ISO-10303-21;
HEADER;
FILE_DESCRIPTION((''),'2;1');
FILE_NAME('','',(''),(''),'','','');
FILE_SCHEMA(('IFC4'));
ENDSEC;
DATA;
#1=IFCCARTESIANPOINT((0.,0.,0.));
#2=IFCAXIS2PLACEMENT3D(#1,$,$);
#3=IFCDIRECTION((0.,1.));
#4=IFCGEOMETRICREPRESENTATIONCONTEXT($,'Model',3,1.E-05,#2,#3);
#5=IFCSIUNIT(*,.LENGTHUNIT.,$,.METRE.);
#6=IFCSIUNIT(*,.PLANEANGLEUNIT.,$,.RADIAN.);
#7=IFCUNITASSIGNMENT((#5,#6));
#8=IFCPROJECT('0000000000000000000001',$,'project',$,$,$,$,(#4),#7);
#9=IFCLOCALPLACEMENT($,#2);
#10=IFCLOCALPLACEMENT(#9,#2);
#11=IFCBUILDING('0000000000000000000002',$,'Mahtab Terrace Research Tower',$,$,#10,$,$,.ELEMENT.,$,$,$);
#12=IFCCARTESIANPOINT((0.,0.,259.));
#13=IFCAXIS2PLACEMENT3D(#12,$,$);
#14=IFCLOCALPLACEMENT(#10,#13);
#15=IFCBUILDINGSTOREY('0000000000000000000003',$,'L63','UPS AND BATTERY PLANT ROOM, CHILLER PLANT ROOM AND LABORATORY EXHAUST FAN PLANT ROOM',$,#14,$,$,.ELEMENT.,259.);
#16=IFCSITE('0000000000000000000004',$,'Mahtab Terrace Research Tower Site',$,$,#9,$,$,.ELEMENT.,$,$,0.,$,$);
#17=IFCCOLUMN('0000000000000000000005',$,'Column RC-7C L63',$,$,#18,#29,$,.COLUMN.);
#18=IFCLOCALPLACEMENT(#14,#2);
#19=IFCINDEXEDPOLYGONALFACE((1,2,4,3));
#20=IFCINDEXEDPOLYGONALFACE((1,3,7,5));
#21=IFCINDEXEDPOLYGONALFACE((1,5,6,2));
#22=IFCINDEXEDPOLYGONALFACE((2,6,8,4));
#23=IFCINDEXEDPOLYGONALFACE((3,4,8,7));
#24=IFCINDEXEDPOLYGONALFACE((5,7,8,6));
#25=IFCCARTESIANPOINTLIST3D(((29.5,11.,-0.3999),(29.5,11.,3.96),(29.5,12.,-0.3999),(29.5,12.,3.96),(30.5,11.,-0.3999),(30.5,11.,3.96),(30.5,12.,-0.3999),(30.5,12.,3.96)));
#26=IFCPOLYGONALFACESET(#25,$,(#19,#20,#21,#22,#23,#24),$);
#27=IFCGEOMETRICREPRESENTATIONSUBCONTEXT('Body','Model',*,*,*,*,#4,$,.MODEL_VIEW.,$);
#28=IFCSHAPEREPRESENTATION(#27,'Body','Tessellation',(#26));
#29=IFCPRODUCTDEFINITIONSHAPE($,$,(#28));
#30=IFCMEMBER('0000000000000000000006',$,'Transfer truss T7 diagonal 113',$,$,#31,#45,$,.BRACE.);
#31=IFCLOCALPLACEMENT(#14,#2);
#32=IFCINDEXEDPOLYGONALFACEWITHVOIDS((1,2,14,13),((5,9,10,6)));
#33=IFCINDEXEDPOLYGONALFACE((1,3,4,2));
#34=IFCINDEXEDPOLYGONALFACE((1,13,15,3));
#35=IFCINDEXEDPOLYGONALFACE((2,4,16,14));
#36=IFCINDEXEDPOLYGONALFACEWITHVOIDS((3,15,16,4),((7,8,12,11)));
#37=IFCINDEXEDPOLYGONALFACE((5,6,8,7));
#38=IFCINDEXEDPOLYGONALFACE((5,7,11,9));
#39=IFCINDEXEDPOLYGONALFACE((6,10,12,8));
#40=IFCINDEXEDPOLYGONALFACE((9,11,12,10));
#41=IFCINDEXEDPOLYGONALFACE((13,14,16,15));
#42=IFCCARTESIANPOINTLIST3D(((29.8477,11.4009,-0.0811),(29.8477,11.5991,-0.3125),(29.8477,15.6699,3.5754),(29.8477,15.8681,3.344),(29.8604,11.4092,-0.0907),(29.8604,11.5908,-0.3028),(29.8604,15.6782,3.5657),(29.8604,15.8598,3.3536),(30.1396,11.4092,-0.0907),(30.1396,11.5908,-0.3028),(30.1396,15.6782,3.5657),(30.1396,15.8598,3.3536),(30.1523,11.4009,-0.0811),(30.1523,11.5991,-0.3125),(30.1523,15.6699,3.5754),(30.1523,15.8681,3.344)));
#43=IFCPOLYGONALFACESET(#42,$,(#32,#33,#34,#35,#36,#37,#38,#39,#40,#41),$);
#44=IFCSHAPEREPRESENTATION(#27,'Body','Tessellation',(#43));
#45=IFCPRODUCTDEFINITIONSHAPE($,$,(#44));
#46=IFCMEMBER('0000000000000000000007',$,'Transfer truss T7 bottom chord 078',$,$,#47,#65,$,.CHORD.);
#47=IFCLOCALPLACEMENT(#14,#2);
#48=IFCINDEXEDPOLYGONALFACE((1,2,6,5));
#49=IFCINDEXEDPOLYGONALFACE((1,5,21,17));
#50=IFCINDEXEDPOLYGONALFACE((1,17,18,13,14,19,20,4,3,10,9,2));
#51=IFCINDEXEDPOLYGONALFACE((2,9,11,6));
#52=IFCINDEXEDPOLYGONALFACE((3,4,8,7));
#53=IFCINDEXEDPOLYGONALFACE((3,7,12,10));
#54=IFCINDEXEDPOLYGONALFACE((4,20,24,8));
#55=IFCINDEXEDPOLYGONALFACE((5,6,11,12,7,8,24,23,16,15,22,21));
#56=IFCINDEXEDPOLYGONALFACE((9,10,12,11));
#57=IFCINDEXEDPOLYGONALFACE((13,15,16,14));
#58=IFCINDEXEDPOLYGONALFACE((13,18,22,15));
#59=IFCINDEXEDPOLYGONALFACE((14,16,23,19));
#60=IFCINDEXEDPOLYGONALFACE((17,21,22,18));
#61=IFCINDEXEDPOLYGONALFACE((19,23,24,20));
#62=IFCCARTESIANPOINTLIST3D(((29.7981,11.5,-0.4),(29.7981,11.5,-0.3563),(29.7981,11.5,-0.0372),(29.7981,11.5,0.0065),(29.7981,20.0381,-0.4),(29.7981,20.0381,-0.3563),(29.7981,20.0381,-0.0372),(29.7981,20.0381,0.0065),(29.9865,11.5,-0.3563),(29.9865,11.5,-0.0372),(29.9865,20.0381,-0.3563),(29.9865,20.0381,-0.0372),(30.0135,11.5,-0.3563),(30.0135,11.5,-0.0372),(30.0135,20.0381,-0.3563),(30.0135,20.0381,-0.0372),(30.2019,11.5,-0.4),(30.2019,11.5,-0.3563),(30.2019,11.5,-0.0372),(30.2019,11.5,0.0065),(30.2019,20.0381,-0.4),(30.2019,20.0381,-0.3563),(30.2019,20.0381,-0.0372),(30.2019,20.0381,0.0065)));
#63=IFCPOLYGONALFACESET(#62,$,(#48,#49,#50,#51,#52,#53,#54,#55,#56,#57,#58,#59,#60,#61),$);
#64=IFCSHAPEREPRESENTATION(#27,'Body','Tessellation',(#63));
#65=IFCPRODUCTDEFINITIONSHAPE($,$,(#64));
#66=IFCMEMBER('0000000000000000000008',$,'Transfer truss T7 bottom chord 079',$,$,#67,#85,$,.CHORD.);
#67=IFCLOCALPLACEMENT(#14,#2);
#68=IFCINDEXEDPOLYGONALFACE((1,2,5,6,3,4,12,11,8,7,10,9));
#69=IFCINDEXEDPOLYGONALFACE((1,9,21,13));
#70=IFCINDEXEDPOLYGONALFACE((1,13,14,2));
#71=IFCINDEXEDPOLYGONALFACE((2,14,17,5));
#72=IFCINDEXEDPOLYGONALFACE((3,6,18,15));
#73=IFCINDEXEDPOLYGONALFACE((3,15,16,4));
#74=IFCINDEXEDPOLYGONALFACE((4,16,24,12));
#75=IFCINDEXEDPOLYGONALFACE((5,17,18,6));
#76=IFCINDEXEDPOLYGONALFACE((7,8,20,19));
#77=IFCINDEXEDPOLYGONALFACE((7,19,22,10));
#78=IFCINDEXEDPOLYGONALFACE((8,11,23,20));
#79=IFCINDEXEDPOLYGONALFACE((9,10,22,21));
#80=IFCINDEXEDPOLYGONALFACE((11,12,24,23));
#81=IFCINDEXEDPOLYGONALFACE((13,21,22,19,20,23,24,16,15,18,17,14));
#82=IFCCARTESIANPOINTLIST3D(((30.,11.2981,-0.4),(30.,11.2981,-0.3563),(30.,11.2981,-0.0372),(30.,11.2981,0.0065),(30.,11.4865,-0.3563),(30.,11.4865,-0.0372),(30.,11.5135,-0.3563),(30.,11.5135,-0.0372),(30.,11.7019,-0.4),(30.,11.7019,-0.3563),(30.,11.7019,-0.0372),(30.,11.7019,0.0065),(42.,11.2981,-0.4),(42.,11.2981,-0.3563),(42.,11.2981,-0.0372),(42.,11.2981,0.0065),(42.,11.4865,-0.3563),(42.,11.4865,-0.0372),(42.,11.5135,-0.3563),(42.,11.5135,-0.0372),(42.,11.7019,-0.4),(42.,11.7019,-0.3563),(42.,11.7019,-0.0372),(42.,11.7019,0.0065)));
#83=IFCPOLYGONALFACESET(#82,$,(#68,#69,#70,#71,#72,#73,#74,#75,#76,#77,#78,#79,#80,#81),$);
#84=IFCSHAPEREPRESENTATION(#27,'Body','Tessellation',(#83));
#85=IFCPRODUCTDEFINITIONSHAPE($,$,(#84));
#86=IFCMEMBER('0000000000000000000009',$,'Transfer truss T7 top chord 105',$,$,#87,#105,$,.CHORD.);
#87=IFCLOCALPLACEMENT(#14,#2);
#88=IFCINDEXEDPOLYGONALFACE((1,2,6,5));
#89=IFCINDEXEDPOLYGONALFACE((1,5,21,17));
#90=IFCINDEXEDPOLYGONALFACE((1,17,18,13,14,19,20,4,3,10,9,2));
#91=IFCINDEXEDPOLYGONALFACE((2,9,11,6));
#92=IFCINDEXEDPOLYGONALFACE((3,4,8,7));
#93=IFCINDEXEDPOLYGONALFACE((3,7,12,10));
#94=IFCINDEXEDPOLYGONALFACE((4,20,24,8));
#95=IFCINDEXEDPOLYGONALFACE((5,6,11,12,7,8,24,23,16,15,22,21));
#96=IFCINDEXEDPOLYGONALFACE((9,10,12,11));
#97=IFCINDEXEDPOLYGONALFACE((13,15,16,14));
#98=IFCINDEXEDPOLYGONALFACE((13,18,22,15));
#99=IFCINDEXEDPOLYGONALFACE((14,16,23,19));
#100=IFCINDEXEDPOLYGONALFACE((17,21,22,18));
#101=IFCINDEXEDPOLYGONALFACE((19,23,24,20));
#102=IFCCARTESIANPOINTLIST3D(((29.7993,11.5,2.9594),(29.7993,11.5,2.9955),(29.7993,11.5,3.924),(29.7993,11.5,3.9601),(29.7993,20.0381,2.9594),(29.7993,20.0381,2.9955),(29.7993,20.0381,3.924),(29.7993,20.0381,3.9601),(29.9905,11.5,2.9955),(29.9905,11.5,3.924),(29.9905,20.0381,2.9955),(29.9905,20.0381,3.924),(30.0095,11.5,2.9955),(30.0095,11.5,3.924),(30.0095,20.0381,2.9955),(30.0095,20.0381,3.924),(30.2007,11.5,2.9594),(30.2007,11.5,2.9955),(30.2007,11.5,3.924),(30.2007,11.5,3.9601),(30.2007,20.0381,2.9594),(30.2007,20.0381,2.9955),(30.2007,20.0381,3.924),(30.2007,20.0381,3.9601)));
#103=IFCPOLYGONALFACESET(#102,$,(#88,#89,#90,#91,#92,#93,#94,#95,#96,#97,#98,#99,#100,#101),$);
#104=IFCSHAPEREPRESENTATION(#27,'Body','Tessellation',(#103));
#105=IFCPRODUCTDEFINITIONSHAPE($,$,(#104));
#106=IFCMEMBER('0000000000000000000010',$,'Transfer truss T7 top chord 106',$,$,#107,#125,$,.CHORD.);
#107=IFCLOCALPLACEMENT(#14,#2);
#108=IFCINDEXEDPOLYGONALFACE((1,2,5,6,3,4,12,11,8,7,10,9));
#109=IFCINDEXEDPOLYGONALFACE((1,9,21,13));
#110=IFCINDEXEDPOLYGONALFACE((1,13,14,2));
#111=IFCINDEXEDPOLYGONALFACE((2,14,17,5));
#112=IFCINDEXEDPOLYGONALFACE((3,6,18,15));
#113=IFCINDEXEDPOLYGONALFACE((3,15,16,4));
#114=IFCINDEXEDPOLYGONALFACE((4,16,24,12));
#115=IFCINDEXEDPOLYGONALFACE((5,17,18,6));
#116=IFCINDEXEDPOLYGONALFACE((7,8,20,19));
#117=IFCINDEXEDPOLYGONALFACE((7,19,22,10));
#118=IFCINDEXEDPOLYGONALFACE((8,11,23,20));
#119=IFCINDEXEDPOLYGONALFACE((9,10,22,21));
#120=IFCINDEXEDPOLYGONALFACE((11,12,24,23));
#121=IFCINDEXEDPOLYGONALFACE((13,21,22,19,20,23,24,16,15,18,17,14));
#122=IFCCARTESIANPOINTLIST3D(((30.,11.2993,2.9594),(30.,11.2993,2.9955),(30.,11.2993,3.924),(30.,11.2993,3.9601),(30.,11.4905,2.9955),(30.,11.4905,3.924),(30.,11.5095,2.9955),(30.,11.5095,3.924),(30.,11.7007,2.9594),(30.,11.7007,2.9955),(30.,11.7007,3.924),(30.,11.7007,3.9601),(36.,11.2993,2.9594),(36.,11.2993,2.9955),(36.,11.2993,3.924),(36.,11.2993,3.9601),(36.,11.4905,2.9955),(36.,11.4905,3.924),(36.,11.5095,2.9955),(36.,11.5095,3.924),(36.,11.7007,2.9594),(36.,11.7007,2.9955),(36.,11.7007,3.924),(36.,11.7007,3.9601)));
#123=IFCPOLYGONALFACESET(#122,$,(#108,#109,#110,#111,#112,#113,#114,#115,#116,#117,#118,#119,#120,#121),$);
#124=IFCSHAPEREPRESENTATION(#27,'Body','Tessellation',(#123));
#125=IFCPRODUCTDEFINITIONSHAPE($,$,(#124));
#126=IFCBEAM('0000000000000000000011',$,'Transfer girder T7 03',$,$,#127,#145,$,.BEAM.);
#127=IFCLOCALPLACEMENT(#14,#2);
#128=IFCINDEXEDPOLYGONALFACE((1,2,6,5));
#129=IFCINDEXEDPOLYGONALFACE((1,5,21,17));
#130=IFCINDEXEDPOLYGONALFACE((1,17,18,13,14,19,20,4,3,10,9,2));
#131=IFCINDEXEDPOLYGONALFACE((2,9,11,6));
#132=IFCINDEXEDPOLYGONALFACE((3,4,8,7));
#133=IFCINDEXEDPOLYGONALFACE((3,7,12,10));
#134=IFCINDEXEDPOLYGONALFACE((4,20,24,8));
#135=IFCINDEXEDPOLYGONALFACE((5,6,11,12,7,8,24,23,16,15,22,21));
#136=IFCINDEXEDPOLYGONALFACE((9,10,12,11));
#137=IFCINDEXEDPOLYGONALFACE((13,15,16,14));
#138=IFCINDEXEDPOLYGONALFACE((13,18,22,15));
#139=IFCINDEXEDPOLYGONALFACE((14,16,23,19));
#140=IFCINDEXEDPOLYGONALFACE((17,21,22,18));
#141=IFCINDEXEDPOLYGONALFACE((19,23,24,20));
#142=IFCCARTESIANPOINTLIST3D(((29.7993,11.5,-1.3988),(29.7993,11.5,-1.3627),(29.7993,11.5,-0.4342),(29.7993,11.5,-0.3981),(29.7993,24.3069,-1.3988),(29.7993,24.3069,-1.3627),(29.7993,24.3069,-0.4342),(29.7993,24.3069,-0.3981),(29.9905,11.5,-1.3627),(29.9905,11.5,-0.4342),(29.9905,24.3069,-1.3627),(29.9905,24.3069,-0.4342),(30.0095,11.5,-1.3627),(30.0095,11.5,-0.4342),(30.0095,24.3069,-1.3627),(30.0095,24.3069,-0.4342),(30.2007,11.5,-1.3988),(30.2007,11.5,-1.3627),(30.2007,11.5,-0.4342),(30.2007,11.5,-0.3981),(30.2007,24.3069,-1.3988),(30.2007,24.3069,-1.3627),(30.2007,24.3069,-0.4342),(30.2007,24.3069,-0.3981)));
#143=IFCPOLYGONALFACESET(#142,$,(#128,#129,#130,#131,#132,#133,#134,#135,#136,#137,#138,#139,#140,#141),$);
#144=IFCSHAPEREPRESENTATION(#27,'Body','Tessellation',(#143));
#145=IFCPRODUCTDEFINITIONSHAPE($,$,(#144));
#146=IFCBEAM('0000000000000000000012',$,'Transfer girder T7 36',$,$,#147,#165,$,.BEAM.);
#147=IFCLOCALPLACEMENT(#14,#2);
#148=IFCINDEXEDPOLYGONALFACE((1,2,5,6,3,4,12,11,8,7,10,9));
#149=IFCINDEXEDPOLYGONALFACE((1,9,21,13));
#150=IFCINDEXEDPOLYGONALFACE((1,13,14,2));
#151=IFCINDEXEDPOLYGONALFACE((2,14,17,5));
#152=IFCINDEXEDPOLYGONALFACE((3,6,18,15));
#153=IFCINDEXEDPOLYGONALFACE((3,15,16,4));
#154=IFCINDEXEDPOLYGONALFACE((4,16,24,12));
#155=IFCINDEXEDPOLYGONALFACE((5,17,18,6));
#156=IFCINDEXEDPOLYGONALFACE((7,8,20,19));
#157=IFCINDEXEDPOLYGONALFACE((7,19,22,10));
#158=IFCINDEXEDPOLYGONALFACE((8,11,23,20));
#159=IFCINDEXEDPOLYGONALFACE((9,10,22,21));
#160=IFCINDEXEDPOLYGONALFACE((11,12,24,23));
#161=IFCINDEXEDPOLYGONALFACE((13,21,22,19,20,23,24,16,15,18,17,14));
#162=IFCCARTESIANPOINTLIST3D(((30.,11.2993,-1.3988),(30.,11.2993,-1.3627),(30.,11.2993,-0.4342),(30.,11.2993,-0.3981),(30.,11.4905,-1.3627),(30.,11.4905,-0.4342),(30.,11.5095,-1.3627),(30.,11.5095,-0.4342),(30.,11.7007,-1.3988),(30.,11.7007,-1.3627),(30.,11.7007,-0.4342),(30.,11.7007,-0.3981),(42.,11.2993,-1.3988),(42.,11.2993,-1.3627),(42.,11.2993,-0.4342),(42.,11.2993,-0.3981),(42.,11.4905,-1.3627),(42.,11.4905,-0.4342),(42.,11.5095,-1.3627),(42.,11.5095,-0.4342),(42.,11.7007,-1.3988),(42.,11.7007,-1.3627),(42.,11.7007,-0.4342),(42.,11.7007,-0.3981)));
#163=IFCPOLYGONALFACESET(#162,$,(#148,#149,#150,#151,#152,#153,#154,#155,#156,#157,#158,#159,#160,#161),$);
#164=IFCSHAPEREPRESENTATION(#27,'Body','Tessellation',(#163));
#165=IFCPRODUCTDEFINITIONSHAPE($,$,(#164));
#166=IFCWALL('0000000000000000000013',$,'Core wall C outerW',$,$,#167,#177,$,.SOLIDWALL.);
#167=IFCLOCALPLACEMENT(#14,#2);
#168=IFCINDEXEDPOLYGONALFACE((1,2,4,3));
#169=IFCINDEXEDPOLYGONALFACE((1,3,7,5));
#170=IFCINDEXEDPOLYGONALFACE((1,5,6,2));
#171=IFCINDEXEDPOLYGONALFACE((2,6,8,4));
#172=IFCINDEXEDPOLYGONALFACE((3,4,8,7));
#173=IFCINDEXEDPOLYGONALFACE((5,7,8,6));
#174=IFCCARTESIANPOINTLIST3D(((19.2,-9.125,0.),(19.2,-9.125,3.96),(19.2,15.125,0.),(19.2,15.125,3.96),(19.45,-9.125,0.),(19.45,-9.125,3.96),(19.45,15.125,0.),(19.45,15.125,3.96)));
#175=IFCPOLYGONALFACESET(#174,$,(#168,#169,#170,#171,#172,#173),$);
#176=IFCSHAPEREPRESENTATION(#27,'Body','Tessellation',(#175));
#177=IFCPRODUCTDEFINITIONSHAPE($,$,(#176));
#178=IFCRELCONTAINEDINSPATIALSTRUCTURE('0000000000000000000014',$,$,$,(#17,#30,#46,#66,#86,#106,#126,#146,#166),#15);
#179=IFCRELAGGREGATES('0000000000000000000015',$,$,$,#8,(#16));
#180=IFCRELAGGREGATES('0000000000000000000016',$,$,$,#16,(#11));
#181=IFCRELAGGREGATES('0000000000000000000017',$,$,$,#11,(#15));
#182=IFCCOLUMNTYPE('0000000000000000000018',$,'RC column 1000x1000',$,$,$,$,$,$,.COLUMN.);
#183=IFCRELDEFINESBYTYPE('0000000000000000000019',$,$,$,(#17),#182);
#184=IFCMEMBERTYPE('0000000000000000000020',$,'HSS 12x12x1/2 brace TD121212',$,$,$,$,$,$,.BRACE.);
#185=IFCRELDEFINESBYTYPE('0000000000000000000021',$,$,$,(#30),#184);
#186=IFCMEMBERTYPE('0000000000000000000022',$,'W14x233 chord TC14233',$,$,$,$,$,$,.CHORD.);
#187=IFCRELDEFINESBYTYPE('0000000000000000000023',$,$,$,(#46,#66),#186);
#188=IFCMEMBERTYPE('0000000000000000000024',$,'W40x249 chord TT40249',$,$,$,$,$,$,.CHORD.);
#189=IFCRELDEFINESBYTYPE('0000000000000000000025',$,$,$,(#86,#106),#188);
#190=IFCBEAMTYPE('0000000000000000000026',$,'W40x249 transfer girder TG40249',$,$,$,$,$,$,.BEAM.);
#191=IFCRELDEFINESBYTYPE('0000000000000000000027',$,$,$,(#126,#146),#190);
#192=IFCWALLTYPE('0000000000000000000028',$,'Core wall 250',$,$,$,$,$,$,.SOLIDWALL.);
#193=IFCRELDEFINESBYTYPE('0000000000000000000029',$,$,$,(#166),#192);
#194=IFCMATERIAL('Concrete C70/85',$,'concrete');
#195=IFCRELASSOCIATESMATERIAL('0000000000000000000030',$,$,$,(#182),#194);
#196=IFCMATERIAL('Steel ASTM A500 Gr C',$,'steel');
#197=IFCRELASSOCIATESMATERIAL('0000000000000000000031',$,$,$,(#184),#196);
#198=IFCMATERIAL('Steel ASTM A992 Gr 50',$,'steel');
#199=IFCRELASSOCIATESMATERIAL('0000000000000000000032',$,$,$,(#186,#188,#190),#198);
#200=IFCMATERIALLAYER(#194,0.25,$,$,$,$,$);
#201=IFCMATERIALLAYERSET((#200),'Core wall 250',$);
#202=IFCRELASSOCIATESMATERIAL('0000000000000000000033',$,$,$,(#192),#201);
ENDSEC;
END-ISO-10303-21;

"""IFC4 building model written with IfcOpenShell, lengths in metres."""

from ifc_helpers import new_model, si_unit, direction, frame, frame_2d, origin, origin_2d, place, context, subcontext, project, spatial, rectangle, hollow_rectangle, i_section, extrude, material, layer, layer_set, material_profile, profile_set, type_object, element, save


model = new_model("IFC4")

# Units and contexts
model_context = context("Model", 3, precision=1e-05, world=origin(), true_north=direction((0.0, 1.0)))
body_context = subcontext(model_context, "Body", "Model", "MODEL_VIEW")
ifc_project = project(units=[si_unit("LENGTHUNIT", "METRE"), si_unit("PLANEANGLEUNIT", "RADIAN")], contexts=[model_context])

# Site, building, storey
site_placement = place(None, origin())
site = spatial("IfcSite", under=ifc_project, at=site_placement, Name="Mahtab Terrace Research Tower Site", CompositionType="ELEMENT", RefElevation=0.0)
building_placement = place(site_placement, origin())
building = spatial("IfcBuilding", under=site, at=building_placement, Name="Mahtab Terrace Research Tower", CompositionType="ELEMENT")
storey_placement = place(building_placement, frame((0.0, 0.0, 259.0)))
storey = spatial("IfcBuildingStorey", under=building, at=storey_placement, Name="L63", Description="UPS AND BATTERY PLANT ROOM, CHILLER PLANT ROOM AND LABORATORY EXHAUST FAN PLANT ROOM", CompositionType="ELEMENT", Elevation=259.0)

# Column
ifc_material_1 = material(Name="Concrete C70/85", Category="concrete")
ifc_material_profile_1 = material_profile(ifc_material_1, rectangle(XDim=1.0, YDim=1.0, at=origin_2d()), Name="RC column 1000x1000")
ifc_profile_set_1 = profile_set([ifc_material_profile_1], Name="Concrete C70/85")
column_type = type_object("IfcColumnType", Name="RC column 1000x1000", PredefinedType="COLUMN", material=ifc_profile_set_1)
column_placement = place(storey_placement, frame((30.0, 11.5, -0.3999), z_axis=(0.0, 0.0, 1.0), x_axis=(1.0, 0.0, 0.0)))
element("IfcColumn", 1, at=column_placement, inside=storey, type_object=column_type, Name="Column RC-7C L63", PredefinedType="COLUMN", context=body_context, shape_type="SweptSolid", body=[
    extrude(rectangle(XDim=1.0, YDim=1.0, at=origin_2d()), origin(), (0.0, 0.0, 1.0), 4.3599),
])

# Members
ifc_material_2 = material(Name="Steel ASTM A500 Gr C", Category="steel")
ifc_material_profile_2 = material_profile(ifc_material_2, hollow_rectangle(XDim=0.3047, YDim=0.3047, WallThickness=0.0127, at=origin_2d()), Name="HSS12X12X1/2")
ifc_profile_set_2 = profile_set([ifc_material_profile_2], Name="Steel ASTM A500 Gr C")
member_type_1 = type_object("IfcMemberType", Name="HSS 12x12x1/2 brace TD121212", PredefinedType="BRACE", material=ifc_profile_set_2)
member_1_placement = place(storey_placement, frame((30.0, 11.5, -0.1968), z_axis=(0.0, 0.759493, 0.650516), x_axis=(-1.0, 0.0, 0.0)))
element("IfcMember", 2, at=member_1_placement, inside=storey, type_object=member_type_1, Name="Transfer truss T7 diagonal 113", PredefinedType="BRACE", context=body_context, shape_type="SweptSolid", body=[
    extrude(hollow_rectangle(XDim=0.3047, YDim=0.3047, WallThickness=0.0127, at=origin_2d()), origin(), (0.0, 0.0, 1.0), 5.6208),
])
ifc_material_3 = material(Name="Steel ASTM A992 Gr 50", Category="steel")
ifc_material_profile_3 = material_profile(ifc_material_3, i_section(OverallWidth=0.4038, OverallDepth=0.4065, WebThickness=0.0271, FlangeThickness=0.0437, at=origin_2d()), Name="W14X233")
ifc_profile_set_3 = profile_set([ifc_material_profile_3], Name="Steel ASTM A992 Gr 50")
member_type_2 = type_object("IfcMemberType", Name="W14x233 chord TC14233", PredefinedType="CHORD", material=ifc_profile_set_3)
member_2_placement = place(storey_placement, frame((30.0, 11.5, -0.1968), z_axis=(0.0, 1.0, 0.0), x_axis=(-1.0, 0.0, 0.0)))
element("IfcMember", 3, at=member_2_placement, inside=storey, type_object=member_type_2, Name="Transfer truss T7 bottom chord 078", PredefinedType="CHORD", context=body_context, shape_type="SweptSolid", body=[
    extrude(i_section(OverallWidth=0.4038, OverallDepth=0.4065, WebThickness=0.0271, FlangeThickness=0.0437, at=origin_2d()), origin(), (0.0, 0.0, 1.0), 8.5381),
])
member_3_placement = place(storey_placement, frame((30.0, 11.5, -0.1968), z_axis=(1.0, 0.0, 0.0), x_axis=(0.0, 1.0, 0.0)))
element("IfcMember", 4, at=member_3_placement, inside=storey, type_object=member_type_2, Name="Transfer truss T7 bottom chord 079", PredefinedType="CHORD", context=body_context, shape_type="SweptSolid", body=[
    extrude(i_section(OverallWidth=0.4038, OverallDepth=0.4065, WebThickness=0.0271, FlangeThickness=0.0437, at=origin_2d()), origin(), (0.0, 0.0, 1.0), 12.0),
])
ifc_material_profile_4 = material_profile(ifc_material_3, i_section(OverallWidth=0.4014, OverallDepth=1.0007, WebThickness=0.019, FlangeThickness=0.0361, at=origin_2d()), Name="W40X249")
ifc_profile_set_4 = profile_set([ifc_material_profile_4], Name="Steel ASTM A992 Gr 50")
member_type_3 = type_object("IfcMemberType", Name="W40x249 chord TT40249", PredefinedType="CHORD", material=ifc_profile_set_4)
member_4_placement = place(storey_placement, frame((30.0, 11.5, 3.4597), z_axis=(0.0, 1.0, 0.0), x_axis=(-1.0, 0.0, 0.0)))
element("IfcMember", 5, at=member_4_placement, inside=storey, type_object=member_type_3, Name="Transfer truss T7 top chord 105", PredefinedType="CHORD", context=body_context, shape_type="SweptSolid", body=[
    extrude(i_section(OverallWidth=0.4014, OverallDepth=1.0007, WebThickness=0.019, FlangeThickness=0.0361, at=origin_2d()), origin(), (0.0, 0.0, 1.0), 8.5381),
])
member_5_placement = place(storey_placement, frame((30.0, 11.5, 3.4597), z_axis=(1.0, 0.0, 0.0), x_axis=(0.0, 1.0, 0.0)))
element("IfcMember", 6, at=member_5_placement, inside=storey, type_object=member_type_3, Name="Transfer truss T7 top chord 106", PredefinedType="CHORD", context=body_context, shape_type="SweptSolid", body=[
    extrude(i_section(OverallWidth=0.4014, OverallDepth=1.0007, WebThickness=0.019, FlangeThickness=0.0361, at=origin_2d()), origin(), (0.0, 0.0, 1.0), 6.0),
])

# Beams
ifc_material_profile_5 = material_profile(ifc_material_3, i_section(OverallWidth=0.4014, OverallDepth=1.0007, WebThickness=0.019, FlangeThickness=0.0361, at=origin_2d()), Name="W40X249")
ifc_profile_set_5 = profile_set([ifc_material_profile_5], Name="Steel ASTM A992 Gr 50")
beam_type = type_object("IfcBeamType", Name="W40x249 transfer girder TG40249", PredefinedType="BEAM", material=ifc_profile_set_5)
beam_1_placement = place(storey_placement, frame((30.0, 11.5, -0.8984), z_axis=(0.0, 1.0, 0.0), x_axis=(-1.0, 0.0, 0.0)))
element("IfcBeam", 7, at=beam_1_placement, inside=storey, type_object=beam_type, Name="Transfer girder T7 03", PredefinedType="BEAM", context=body_context, shape_type="SweptSolid", body=[
    extrude(i_section(OverallWidth=0.4014, OverallDepth=1.0007, WebThickness=0.019, FlangeThickness=0.0361, at=origin_2d()), origin(), (0.0, 0.0, 1.0), 12.8069),
])
beam_2_placement = place(storey_placement, frame((30.0, 11.5, -0.8984), z_axis=(1.0, 0.0, 0.0), x_axis=(0.0, 1.0, 0.0)))
element("IfcBeam", 8, at=beam_2_placement, inside=storey, type_object=beam_type, Name="Transfer girder T7 36", PredefinedType="BEAM", context=body_context, shape_type="SweptSolid", body=[
    extrude(i_section(OverallWidth=0.4014, OverallDepth=1.0007, WebThickness=0.019, FlangeThickness=0.0361, at=origin_2d()), origin(), (0.0, 0.0, 1.0), 12.0),
])

# Wall
ifc_layer_1 = layer(ifc_material_1, 0.25)
ifc_layer_set_1 = layer_set([ifc_layer_1], Name="Core wall 250")
wall_type = type_object("IfcWallType", Name="Core wall 250", PredefinedType="SOLIDWALL", material=ifc_layer_set_1)
wall_1_placement = place(storey_placement, frame((19.325, 15.125, 0.0), z_axis=(0.0, 0.0, 1.0), x_axis=(0.0, -1.0, 0.0)))
element("IfcWall", 9, at=wall_1_placement, inside=storey, type_object=wall_type, Name="Core wall C outerW", PredefinedType="SOLIDWALL", context=body_context, shape_type="SweptSolid", body=[
    extrude(rectangle(XDim=24.25, YDim=0.25, at=frame_2d((12.125, 0.0))), origin(), (0.0, 0.0, 1.0), 3.96),
])

save(model, "model.ifc")
